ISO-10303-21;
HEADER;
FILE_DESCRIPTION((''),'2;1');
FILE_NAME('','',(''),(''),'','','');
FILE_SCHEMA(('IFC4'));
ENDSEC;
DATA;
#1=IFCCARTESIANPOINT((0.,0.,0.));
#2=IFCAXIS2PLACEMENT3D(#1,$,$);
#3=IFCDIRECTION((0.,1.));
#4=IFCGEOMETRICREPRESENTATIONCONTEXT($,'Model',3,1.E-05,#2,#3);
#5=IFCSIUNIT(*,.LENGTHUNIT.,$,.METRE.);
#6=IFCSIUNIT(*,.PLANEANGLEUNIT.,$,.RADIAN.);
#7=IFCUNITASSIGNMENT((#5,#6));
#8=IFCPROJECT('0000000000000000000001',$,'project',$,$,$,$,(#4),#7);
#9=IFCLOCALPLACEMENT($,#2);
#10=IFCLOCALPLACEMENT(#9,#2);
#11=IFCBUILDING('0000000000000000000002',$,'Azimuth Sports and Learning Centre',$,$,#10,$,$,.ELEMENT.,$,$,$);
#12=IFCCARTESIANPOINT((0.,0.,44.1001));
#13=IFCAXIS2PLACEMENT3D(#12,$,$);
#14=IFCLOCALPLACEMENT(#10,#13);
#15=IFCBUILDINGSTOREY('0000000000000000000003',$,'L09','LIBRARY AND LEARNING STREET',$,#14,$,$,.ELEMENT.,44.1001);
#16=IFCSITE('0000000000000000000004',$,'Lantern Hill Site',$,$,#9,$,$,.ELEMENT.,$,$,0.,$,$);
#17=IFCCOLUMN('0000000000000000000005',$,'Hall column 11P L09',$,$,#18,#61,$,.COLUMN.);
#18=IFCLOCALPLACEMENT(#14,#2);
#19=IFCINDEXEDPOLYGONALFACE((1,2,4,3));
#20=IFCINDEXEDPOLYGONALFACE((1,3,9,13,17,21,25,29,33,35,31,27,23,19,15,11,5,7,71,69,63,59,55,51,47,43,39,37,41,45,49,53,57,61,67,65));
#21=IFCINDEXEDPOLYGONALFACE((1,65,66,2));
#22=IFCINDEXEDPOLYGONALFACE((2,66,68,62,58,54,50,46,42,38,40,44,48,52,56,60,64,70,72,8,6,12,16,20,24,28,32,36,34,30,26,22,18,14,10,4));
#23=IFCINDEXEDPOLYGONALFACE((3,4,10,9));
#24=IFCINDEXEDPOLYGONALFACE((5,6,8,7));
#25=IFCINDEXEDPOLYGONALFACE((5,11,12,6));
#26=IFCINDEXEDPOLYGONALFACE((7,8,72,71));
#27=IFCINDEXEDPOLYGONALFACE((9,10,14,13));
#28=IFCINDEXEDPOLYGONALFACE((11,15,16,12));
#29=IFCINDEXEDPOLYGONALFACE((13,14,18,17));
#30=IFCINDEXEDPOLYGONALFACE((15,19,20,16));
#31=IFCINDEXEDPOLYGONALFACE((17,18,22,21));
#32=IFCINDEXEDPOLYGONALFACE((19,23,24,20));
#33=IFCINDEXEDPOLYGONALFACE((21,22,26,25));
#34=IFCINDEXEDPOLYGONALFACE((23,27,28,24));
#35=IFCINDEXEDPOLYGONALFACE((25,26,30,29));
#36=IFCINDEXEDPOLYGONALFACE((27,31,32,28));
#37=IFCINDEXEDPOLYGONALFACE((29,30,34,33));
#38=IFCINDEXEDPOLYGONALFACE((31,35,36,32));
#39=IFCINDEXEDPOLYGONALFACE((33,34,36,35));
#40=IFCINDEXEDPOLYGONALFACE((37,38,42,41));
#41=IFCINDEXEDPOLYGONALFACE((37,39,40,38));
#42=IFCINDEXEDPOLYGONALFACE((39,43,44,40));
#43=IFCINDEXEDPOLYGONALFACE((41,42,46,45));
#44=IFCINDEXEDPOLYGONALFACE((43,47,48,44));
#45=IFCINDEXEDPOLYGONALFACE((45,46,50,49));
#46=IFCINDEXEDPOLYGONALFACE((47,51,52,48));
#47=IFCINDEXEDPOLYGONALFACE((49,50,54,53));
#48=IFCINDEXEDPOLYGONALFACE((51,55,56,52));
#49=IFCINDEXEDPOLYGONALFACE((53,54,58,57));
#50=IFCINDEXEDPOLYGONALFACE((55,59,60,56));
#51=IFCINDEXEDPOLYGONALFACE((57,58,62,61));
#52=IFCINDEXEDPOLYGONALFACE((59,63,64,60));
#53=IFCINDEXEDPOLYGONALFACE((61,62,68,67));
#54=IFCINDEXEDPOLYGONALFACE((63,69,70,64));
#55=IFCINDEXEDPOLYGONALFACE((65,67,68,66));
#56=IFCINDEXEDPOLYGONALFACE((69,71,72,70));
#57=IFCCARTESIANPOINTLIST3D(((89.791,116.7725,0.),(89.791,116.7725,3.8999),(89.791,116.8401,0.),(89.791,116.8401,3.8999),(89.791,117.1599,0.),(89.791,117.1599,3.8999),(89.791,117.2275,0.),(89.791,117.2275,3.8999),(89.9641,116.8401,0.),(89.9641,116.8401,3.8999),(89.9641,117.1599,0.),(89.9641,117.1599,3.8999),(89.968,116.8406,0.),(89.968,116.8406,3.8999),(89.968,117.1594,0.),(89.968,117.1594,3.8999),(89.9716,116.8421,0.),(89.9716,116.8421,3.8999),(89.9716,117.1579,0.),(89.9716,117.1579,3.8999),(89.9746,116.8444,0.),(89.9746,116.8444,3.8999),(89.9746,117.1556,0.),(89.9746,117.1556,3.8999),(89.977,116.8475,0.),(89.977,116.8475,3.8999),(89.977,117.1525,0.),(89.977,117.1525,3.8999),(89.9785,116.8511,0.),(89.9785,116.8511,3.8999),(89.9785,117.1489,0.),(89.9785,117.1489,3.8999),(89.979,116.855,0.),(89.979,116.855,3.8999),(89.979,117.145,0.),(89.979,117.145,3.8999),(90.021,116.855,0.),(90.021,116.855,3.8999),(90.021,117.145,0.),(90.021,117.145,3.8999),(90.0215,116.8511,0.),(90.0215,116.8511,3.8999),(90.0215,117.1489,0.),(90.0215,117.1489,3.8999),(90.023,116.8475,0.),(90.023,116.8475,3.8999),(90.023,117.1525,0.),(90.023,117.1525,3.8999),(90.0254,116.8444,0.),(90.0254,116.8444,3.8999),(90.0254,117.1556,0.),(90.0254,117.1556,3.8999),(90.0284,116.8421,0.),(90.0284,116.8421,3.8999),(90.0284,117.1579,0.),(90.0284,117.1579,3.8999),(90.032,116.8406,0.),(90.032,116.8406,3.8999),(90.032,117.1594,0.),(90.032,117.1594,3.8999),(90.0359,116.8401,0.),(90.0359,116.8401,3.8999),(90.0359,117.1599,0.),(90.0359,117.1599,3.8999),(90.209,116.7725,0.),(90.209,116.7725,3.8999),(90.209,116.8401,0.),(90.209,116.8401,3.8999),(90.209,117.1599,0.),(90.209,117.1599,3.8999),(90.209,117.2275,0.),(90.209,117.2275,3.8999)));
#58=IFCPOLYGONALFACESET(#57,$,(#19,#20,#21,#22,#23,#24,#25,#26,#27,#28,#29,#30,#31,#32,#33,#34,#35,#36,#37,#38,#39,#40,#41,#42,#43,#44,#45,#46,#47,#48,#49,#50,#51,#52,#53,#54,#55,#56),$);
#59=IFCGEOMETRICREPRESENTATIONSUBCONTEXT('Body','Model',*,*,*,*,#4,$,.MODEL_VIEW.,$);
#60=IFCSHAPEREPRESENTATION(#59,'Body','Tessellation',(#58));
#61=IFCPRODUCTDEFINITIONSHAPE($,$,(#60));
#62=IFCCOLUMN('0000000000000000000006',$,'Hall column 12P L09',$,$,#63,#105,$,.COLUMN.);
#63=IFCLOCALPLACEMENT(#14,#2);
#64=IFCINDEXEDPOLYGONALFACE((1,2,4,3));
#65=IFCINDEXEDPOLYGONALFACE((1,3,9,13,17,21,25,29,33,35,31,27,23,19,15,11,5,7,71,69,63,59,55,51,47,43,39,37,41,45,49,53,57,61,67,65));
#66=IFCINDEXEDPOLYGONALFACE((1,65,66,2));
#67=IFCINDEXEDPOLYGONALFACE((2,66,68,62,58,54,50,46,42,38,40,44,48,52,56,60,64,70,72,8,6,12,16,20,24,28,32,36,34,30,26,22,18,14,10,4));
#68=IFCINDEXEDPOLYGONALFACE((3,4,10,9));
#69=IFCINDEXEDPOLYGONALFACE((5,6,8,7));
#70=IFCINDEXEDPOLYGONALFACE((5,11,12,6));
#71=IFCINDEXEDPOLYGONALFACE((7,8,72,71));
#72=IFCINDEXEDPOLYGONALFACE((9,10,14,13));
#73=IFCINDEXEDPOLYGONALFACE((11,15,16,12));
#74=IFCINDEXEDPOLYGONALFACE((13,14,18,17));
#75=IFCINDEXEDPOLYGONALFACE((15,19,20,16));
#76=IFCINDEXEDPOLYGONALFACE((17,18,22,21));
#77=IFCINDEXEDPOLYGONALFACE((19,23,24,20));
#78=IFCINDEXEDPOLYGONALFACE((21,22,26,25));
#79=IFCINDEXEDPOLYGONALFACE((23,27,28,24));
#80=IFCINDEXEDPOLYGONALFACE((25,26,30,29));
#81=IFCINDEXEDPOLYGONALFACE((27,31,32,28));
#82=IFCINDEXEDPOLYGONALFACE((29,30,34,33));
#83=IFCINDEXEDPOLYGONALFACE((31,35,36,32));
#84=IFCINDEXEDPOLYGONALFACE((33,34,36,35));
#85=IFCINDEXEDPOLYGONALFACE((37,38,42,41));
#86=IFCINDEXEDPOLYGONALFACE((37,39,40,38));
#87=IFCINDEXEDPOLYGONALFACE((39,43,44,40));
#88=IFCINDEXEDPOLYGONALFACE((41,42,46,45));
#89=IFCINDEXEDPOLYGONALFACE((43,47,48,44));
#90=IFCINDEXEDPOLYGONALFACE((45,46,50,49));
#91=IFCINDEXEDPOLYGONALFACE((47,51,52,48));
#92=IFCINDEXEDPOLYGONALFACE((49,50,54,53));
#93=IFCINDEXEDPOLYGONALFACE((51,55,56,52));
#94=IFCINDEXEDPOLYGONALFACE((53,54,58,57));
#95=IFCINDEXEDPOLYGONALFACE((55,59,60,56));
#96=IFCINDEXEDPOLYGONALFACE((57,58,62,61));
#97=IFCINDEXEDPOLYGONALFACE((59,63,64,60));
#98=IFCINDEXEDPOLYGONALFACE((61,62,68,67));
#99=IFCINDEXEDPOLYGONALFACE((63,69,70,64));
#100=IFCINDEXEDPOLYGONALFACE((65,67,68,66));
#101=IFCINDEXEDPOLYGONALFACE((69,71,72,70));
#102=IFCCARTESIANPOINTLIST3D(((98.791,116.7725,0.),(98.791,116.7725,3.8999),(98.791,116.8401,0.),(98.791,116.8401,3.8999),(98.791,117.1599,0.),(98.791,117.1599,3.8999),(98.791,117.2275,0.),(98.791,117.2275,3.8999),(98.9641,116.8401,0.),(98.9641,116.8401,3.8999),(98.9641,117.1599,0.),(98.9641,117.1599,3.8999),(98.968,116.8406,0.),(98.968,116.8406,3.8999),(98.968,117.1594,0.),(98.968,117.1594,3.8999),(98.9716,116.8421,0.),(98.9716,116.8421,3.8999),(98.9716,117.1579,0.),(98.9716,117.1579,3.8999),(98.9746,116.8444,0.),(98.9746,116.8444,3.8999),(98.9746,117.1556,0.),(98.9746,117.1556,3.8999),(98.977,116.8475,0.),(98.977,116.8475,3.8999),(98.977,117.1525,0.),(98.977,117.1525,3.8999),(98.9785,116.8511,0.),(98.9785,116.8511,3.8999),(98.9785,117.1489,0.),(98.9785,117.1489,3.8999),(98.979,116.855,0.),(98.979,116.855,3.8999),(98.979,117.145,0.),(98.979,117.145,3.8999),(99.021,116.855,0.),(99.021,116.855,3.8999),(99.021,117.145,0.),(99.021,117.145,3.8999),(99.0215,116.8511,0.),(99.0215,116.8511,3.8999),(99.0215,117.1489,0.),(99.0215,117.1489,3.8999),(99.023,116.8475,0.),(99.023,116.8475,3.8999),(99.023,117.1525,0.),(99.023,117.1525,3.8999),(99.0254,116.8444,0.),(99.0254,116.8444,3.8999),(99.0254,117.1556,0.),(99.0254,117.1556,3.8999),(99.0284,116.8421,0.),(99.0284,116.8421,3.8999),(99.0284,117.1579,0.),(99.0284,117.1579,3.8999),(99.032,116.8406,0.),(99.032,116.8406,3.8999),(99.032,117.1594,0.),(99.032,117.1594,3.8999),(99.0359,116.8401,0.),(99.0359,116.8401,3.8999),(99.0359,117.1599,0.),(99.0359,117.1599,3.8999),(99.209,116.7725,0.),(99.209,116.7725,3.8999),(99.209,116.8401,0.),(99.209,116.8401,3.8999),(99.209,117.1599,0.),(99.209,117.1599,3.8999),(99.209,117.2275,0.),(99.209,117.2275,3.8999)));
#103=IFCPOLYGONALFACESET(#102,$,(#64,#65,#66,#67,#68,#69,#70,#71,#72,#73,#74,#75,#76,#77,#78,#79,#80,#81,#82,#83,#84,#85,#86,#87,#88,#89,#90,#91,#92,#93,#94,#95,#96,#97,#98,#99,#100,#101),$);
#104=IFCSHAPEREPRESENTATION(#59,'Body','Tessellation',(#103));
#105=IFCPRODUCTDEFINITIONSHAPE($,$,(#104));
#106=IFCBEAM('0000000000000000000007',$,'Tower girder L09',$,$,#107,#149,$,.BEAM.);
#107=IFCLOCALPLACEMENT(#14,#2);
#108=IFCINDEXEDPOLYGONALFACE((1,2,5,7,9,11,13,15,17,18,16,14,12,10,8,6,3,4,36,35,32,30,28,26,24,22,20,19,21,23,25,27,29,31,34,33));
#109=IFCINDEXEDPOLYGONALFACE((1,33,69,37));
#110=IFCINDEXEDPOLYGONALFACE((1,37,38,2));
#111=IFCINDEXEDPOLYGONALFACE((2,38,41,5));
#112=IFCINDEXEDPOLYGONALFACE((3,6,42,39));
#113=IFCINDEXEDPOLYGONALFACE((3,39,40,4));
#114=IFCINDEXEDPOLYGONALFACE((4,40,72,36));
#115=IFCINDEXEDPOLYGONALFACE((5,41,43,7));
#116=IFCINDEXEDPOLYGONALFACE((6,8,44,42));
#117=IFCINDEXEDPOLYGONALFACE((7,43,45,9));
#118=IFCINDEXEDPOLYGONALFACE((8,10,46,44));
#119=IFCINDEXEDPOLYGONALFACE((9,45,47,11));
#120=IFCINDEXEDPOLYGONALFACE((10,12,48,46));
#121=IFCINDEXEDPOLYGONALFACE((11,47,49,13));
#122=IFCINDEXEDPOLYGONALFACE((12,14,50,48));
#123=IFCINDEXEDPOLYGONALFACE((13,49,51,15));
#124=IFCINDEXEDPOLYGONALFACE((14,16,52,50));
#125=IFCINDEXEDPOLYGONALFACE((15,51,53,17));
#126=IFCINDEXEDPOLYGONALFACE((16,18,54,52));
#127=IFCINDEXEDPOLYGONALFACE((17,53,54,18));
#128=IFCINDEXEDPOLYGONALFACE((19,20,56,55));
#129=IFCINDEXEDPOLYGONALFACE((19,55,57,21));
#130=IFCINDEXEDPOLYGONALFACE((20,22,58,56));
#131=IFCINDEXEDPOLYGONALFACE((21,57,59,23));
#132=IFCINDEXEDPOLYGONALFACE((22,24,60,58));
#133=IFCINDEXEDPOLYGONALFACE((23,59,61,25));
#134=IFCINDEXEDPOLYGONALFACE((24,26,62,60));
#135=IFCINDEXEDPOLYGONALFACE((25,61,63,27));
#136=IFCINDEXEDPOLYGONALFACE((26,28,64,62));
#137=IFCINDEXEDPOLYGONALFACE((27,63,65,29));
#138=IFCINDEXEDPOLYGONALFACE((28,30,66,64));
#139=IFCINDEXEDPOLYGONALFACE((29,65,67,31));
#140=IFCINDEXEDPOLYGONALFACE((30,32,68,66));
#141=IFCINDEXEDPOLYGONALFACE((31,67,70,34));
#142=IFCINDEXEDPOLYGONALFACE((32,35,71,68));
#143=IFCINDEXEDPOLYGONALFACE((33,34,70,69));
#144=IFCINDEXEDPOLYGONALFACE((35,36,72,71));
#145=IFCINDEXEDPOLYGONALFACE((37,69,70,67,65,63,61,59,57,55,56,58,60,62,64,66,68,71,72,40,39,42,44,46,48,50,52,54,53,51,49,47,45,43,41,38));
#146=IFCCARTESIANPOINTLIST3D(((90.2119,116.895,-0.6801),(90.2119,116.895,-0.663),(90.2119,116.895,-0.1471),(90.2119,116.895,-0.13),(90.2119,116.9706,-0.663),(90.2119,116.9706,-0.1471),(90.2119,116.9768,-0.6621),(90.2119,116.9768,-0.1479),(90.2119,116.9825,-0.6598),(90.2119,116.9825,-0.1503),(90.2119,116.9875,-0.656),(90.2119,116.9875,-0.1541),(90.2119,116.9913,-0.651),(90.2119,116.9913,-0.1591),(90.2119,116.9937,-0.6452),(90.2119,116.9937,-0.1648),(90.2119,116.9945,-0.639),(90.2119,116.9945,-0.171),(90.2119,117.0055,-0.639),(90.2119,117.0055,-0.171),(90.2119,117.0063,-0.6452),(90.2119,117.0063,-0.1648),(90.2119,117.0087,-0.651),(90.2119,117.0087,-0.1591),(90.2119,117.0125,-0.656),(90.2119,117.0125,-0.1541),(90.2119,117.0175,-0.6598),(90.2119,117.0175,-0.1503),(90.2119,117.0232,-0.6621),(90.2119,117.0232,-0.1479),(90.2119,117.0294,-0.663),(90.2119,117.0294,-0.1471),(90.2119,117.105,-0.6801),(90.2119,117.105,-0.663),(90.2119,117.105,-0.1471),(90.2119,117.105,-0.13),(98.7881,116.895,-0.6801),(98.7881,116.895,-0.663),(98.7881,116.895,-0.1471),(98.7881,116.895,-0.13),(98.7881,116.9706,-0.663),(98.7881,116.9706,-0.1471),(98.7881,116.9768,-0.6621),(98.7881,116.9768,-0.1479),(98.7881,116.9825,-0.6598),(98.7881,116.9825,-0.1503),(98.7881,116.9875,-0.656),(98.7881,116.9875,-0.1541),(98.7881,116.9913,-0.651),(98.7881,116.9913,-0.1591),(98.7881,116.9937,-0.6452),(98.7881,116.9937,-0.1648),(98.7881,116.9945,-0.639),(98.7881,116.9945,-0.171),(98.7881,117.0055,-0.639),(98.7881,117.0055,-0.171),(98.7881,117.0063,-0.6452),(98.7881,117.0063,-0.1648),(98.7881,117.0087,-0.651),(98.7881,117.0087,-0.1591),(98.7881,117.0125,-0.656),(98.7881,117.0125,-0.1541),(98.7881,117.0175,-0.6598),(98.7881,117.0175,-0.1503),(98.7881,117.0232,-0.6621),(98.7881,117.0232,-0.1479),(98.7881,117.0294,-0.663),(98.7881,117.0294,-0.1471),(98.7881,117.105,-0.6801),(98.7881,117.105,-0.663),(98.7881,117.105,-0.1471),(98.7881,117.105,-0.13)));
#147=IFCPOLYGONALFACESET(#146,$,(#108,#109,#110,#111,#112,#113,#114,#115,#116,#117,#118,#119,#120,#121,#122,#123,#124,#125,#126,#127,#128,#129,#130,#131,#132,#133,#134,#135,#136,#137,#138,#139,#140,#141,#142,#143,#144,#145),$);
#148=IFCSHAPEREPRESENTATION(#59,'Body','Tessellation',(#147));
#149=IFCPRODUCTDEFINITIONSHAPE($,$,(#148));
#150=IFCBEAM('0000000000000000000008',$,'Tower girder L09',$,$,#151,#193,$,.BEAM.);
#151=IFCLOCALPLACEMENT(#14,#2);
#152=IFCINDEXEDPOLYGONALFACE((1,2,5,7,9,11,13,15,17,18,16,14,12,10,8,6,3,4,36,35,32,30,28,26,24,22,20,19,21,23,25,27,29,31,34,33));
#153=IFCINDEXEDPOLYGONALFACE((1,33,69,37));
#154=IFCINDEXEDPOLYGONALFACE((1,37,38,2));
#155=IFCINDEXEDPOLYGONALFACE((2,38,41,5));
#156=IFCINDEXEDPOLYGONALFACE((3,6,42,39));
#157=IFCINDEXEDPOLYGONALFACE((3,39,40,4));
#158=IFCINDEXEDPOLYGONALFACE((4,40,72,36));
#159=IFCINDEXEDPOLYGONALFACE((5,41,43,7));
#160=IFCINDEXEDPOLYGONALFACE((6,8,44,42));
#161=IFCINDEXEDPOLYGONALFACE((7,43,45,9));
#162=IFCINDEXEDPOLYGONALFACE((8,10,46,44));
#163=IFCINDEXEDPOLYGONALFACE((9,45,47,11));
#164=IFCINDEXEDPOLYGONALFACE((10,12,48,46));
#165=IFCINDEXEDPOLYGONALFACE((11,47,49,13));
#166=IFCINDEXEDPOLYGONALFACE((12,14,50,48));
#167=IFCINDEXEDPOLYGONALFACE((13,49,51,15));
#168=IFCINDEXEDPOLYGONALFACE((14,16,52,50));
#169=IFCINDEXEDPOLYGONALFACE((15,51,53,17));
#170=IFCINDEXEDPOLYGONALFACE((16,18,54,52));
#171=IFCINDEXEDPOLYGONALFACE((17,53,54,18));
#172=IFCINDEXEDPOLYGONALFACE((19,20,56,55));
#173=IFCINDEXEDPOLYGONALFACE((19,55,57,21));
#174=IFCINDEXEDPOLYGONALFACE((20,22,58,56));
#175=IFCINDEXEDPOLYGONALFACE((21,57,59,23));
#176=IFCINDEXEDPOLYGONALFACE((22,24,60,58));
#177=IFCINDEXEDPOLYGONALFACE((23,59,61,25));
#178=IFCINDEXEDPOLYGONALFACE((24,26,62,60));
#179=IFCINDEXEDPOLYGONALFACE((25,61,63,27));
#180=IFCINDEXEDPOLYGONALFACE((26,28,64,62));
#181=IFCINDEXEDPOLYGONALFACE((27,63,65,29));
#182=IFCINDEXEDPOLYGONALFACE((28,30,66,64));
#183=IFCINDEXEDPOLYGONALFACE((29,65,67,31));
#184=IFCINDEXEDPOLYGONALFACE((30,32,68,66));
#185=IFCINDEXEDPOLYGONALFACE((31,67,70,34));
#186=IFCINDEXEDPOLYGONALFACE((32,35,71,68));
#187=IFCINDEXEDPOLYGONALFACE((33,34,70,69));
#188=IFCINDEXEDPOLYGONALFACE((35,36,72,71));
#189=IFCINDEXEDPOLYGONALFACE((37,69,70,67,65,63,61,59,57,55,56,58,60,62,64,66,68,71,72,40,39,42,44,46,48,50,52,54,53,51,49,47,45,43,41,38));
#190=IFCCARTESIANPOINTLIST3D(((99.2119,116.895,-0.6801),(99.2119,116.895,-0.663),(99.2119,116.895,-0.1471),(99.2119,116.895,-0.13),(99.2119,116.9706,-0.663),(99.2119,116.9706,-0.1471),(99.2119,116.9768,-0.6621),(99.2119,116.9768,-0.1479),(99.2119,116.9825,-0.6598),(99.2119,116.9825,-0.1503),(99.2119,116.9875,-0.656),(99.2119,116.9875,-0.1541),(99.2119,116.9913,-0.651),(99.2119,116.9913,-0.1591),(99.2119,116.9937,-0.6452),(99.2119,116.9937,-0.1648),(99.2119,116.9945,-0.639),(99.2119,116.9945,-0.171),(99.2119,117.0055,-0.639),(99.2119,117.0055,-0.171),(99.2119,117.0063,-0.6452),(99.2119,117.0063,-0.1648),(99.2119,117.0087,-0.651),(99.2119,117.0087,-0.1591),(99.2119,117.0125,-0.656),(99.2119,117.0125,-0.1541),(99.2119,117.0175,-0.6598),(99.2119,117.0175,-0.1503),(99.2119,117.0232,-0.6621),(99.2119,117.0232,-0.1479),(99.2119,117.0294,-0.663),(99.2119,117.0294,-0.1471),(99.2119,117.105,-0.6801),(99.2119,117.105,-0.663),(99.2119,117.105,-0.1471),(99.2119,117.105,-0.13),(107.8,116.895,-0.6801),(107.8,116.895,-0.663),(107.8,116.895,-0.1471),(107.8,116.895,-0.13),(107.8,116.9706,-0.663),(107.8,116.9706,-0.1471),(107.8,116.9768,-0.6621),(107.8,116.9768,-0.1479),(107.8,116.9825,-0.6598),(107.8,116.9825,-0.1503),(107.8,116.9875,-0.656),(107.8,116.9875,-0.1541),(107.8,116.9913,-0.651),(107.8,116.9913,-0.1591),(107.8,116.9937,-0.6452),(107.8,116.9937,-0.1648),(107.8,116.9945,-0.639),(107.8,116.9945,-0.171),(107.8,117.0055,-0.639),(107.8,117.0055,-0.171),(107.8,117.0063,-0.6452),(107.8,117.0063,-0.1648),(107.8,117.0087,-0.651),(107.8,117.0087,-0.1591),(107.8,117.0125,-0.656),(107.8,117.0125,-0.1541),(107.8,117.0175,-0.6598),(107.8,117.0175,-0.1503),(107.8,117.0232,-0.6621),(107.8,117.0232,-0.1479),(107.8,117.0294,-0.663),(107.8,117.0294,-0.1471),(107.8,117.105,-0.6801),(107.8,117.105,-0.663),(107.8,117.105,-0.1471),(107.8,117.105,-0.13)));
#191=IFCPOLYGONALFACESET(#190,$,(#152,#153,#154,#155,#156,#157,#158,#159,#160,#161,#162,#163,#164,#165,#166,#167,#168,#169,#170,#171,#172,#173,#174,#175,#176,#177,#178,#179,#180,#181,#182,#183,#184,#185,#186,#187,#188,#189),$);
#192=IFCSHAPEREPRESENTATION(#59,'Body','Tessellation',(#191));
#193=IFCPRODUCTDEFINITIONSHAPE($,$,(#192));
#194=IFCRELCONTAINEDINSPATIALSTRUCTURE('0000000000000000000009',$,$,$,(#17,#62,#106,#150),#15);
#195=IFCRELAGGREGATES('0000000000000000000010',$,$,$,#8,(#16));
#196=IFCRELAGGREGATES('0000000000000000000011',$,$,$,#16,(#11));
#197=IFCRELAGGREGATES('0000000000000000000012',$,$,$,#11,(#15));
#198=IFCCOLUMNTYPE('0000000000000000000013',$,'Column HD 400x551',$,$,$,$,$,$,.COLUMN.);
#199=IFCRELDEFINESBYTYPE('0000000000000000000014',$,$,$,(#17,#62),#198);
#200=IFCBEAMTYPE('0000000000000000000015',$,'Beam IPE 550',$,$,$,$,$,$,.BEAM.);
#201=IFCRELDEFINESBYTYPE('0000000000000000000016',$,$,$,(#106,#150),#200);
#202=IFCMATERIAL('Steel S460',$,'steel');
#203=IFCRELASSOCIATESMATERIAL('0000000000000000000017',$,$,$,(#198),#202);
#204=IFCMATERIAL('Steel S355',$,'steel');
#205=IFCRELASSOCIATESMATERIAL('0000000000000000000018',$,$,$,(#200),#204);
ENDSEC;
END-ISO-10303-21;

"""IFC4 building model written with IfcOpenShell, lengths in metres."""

from ifc_helpers import new_model, si_unit, direction, frame, origin, origin_2d, place, context, subcontext, project, spatial, i_section, extrude, material, material_profile, profile_set, type_object, element, save


model = new_model("IFC4")

# Units and contexts
model_context = context("Model", 3, precision=1e-05, world=origin(), true_north=direction((0.0, 1.0)))
body_context = subcontext(model_context, "Body", "Model", "MODEL_VIEW")
ifc_project = project(units=[si_unit("LENGTHUNIT", "METRE"), si_unit("PLANEANGLEUNIT", "RADIAN")], contexts=[model_context])

# Site, building, storey
site_placement = place(None, origin())
site = spatial("IfcSite", under=ifc_project, at=site_placement, Name="Lantern Hill Site", CompositionType="ELEMENT", RefElevation=0.0)
building_placement = place(site_placement, origin())
building = spatial("IfcBuilding", under=site, at=building_placement, Name="Azimuth Sports and Learning Centre", CompositionType="ELEMENT")
storey_placement = place(building_placement, frame((0.0, 0.0, 44.1001)))
storey = spatial("IfcBuildingStorey", under=building, at=storey_placement, Name="L09", Description="LIBRARY AND LEARNING STREET", CompositionType="ELEMENT", Elevation=44.1001)

# Columns
ifc_material_1 = material(Name="Steel S460", Category="steel")
ifc_material_profile_1 = material_profile(ifc_material_1, i_section(OverallWidth=0.418, OverallDepth=0.4551, WebThickness=0.042, FlangeThickness=0.0676, FilletRadius=0.0149, at=origin_2d()), Name="HD 400x551")
ifc_profile_set_1 = profile_set([ifc_material_profile_1], Name="Steel S460")
column_type = type_object("IfcColumnType", Name="Column HD 400x551", PredefinedType="COLUMN", material=ifc_profile_set_1)
for number, where, z_axis, x_axis, name in (
    (1, (90.0, 117.0, 0.0), (0.0, 0.0, 1.0), (1.0, 0.0, 0.0), "Hall column 11P L09"),
    (2, (99.0, 117.0, 0.0), (0.0, 0.0, 1.0), (1.0, 0.0, 0.0), "Hall column 12P L09"),
):
    element("IfcColumn", number, at=place(storey_placement, frame(where, z_axis=z_axis, x_axis=x_axis)), inside=storey, type_object=column_type, Name=name, PredefinedType="COLUMN", context=body_context, shape_type="SweptSolid", body=[
        extrude(i_section(OverallWidth=0.418, OverallDepth=0.4551, WebThickness=0.042, FlangeThickness=0.0676, FilletRadius=0.0149, at=origin_2d()), origin(), (0.0, 0.0, 1.0), 3.8999),
    ])

# Beams
ifc_material_2 = material(Name="Steel S355", Category="steel")
ifc_material_profile_2 = material_profile(ifc_material_2, i_section(OverallWidth=0.21, OverallDepth=0.55, WebThickness=0.011, FlangeThickness=0.0171, FilletRadius=0.0239, at=origin_2d()), Name="IPE 550")
ifc_profile_set_2 = profile_set([ifc_material_profile_2], Name="Steel S355")
beam_type_1 = type_object("IfcBeamType", Name="Beam IPE 550", PredefinedType="BEAM", material=ifc_profile_set_2)
beam_1_placement = place(storey_placement, frame((90.2119, 117.0, -0.405), z_axis=(1.0, 0.0, 0.0), x_axis=(0.0, 1.0, 0.0)))
element("IfcBeam", 3, at=beam_1_placement, inside=storey, type_object=beam_type_1, Name="Tower girder L09", PredefinedType="BEAM", context=body_context, shape_type="SweptSolid", body=[
    extrude(i_section(OverallWidth=0.21, OverallDepth=0.55, WebThickness=0.011, FlangeThickness=0.0171, FilletRadius=0.0239, at=origin_2d()), origin(), (0.0, 0.0, 1.0), 8.5762),
])
beam_2_placement = place(storey_placement, frame((99.2119, 117.0, -0.405), z_axis=(1.0, 0.0, 0.0), x_axis=(0.0, 1.0, 0.0)))
element("IfcBeam", 4, at=beam_2_placement, inside=storey, type_object=beam_type_1, Name="Tower girder L09", PredefinedType="BEAM", context=body_context, shape_type="SweptSolid", body=[
    extrude(i_section(OverallWidth=0.21, OverallDepth=0.55, WebThickness=0.011, FlangeThickness=0.0171, FilletRadius=0.0239, at=origin_2d()), origin(), (0.0, 0.0, 1.0), 8.5881),
])

save(model, "model.ifc")
